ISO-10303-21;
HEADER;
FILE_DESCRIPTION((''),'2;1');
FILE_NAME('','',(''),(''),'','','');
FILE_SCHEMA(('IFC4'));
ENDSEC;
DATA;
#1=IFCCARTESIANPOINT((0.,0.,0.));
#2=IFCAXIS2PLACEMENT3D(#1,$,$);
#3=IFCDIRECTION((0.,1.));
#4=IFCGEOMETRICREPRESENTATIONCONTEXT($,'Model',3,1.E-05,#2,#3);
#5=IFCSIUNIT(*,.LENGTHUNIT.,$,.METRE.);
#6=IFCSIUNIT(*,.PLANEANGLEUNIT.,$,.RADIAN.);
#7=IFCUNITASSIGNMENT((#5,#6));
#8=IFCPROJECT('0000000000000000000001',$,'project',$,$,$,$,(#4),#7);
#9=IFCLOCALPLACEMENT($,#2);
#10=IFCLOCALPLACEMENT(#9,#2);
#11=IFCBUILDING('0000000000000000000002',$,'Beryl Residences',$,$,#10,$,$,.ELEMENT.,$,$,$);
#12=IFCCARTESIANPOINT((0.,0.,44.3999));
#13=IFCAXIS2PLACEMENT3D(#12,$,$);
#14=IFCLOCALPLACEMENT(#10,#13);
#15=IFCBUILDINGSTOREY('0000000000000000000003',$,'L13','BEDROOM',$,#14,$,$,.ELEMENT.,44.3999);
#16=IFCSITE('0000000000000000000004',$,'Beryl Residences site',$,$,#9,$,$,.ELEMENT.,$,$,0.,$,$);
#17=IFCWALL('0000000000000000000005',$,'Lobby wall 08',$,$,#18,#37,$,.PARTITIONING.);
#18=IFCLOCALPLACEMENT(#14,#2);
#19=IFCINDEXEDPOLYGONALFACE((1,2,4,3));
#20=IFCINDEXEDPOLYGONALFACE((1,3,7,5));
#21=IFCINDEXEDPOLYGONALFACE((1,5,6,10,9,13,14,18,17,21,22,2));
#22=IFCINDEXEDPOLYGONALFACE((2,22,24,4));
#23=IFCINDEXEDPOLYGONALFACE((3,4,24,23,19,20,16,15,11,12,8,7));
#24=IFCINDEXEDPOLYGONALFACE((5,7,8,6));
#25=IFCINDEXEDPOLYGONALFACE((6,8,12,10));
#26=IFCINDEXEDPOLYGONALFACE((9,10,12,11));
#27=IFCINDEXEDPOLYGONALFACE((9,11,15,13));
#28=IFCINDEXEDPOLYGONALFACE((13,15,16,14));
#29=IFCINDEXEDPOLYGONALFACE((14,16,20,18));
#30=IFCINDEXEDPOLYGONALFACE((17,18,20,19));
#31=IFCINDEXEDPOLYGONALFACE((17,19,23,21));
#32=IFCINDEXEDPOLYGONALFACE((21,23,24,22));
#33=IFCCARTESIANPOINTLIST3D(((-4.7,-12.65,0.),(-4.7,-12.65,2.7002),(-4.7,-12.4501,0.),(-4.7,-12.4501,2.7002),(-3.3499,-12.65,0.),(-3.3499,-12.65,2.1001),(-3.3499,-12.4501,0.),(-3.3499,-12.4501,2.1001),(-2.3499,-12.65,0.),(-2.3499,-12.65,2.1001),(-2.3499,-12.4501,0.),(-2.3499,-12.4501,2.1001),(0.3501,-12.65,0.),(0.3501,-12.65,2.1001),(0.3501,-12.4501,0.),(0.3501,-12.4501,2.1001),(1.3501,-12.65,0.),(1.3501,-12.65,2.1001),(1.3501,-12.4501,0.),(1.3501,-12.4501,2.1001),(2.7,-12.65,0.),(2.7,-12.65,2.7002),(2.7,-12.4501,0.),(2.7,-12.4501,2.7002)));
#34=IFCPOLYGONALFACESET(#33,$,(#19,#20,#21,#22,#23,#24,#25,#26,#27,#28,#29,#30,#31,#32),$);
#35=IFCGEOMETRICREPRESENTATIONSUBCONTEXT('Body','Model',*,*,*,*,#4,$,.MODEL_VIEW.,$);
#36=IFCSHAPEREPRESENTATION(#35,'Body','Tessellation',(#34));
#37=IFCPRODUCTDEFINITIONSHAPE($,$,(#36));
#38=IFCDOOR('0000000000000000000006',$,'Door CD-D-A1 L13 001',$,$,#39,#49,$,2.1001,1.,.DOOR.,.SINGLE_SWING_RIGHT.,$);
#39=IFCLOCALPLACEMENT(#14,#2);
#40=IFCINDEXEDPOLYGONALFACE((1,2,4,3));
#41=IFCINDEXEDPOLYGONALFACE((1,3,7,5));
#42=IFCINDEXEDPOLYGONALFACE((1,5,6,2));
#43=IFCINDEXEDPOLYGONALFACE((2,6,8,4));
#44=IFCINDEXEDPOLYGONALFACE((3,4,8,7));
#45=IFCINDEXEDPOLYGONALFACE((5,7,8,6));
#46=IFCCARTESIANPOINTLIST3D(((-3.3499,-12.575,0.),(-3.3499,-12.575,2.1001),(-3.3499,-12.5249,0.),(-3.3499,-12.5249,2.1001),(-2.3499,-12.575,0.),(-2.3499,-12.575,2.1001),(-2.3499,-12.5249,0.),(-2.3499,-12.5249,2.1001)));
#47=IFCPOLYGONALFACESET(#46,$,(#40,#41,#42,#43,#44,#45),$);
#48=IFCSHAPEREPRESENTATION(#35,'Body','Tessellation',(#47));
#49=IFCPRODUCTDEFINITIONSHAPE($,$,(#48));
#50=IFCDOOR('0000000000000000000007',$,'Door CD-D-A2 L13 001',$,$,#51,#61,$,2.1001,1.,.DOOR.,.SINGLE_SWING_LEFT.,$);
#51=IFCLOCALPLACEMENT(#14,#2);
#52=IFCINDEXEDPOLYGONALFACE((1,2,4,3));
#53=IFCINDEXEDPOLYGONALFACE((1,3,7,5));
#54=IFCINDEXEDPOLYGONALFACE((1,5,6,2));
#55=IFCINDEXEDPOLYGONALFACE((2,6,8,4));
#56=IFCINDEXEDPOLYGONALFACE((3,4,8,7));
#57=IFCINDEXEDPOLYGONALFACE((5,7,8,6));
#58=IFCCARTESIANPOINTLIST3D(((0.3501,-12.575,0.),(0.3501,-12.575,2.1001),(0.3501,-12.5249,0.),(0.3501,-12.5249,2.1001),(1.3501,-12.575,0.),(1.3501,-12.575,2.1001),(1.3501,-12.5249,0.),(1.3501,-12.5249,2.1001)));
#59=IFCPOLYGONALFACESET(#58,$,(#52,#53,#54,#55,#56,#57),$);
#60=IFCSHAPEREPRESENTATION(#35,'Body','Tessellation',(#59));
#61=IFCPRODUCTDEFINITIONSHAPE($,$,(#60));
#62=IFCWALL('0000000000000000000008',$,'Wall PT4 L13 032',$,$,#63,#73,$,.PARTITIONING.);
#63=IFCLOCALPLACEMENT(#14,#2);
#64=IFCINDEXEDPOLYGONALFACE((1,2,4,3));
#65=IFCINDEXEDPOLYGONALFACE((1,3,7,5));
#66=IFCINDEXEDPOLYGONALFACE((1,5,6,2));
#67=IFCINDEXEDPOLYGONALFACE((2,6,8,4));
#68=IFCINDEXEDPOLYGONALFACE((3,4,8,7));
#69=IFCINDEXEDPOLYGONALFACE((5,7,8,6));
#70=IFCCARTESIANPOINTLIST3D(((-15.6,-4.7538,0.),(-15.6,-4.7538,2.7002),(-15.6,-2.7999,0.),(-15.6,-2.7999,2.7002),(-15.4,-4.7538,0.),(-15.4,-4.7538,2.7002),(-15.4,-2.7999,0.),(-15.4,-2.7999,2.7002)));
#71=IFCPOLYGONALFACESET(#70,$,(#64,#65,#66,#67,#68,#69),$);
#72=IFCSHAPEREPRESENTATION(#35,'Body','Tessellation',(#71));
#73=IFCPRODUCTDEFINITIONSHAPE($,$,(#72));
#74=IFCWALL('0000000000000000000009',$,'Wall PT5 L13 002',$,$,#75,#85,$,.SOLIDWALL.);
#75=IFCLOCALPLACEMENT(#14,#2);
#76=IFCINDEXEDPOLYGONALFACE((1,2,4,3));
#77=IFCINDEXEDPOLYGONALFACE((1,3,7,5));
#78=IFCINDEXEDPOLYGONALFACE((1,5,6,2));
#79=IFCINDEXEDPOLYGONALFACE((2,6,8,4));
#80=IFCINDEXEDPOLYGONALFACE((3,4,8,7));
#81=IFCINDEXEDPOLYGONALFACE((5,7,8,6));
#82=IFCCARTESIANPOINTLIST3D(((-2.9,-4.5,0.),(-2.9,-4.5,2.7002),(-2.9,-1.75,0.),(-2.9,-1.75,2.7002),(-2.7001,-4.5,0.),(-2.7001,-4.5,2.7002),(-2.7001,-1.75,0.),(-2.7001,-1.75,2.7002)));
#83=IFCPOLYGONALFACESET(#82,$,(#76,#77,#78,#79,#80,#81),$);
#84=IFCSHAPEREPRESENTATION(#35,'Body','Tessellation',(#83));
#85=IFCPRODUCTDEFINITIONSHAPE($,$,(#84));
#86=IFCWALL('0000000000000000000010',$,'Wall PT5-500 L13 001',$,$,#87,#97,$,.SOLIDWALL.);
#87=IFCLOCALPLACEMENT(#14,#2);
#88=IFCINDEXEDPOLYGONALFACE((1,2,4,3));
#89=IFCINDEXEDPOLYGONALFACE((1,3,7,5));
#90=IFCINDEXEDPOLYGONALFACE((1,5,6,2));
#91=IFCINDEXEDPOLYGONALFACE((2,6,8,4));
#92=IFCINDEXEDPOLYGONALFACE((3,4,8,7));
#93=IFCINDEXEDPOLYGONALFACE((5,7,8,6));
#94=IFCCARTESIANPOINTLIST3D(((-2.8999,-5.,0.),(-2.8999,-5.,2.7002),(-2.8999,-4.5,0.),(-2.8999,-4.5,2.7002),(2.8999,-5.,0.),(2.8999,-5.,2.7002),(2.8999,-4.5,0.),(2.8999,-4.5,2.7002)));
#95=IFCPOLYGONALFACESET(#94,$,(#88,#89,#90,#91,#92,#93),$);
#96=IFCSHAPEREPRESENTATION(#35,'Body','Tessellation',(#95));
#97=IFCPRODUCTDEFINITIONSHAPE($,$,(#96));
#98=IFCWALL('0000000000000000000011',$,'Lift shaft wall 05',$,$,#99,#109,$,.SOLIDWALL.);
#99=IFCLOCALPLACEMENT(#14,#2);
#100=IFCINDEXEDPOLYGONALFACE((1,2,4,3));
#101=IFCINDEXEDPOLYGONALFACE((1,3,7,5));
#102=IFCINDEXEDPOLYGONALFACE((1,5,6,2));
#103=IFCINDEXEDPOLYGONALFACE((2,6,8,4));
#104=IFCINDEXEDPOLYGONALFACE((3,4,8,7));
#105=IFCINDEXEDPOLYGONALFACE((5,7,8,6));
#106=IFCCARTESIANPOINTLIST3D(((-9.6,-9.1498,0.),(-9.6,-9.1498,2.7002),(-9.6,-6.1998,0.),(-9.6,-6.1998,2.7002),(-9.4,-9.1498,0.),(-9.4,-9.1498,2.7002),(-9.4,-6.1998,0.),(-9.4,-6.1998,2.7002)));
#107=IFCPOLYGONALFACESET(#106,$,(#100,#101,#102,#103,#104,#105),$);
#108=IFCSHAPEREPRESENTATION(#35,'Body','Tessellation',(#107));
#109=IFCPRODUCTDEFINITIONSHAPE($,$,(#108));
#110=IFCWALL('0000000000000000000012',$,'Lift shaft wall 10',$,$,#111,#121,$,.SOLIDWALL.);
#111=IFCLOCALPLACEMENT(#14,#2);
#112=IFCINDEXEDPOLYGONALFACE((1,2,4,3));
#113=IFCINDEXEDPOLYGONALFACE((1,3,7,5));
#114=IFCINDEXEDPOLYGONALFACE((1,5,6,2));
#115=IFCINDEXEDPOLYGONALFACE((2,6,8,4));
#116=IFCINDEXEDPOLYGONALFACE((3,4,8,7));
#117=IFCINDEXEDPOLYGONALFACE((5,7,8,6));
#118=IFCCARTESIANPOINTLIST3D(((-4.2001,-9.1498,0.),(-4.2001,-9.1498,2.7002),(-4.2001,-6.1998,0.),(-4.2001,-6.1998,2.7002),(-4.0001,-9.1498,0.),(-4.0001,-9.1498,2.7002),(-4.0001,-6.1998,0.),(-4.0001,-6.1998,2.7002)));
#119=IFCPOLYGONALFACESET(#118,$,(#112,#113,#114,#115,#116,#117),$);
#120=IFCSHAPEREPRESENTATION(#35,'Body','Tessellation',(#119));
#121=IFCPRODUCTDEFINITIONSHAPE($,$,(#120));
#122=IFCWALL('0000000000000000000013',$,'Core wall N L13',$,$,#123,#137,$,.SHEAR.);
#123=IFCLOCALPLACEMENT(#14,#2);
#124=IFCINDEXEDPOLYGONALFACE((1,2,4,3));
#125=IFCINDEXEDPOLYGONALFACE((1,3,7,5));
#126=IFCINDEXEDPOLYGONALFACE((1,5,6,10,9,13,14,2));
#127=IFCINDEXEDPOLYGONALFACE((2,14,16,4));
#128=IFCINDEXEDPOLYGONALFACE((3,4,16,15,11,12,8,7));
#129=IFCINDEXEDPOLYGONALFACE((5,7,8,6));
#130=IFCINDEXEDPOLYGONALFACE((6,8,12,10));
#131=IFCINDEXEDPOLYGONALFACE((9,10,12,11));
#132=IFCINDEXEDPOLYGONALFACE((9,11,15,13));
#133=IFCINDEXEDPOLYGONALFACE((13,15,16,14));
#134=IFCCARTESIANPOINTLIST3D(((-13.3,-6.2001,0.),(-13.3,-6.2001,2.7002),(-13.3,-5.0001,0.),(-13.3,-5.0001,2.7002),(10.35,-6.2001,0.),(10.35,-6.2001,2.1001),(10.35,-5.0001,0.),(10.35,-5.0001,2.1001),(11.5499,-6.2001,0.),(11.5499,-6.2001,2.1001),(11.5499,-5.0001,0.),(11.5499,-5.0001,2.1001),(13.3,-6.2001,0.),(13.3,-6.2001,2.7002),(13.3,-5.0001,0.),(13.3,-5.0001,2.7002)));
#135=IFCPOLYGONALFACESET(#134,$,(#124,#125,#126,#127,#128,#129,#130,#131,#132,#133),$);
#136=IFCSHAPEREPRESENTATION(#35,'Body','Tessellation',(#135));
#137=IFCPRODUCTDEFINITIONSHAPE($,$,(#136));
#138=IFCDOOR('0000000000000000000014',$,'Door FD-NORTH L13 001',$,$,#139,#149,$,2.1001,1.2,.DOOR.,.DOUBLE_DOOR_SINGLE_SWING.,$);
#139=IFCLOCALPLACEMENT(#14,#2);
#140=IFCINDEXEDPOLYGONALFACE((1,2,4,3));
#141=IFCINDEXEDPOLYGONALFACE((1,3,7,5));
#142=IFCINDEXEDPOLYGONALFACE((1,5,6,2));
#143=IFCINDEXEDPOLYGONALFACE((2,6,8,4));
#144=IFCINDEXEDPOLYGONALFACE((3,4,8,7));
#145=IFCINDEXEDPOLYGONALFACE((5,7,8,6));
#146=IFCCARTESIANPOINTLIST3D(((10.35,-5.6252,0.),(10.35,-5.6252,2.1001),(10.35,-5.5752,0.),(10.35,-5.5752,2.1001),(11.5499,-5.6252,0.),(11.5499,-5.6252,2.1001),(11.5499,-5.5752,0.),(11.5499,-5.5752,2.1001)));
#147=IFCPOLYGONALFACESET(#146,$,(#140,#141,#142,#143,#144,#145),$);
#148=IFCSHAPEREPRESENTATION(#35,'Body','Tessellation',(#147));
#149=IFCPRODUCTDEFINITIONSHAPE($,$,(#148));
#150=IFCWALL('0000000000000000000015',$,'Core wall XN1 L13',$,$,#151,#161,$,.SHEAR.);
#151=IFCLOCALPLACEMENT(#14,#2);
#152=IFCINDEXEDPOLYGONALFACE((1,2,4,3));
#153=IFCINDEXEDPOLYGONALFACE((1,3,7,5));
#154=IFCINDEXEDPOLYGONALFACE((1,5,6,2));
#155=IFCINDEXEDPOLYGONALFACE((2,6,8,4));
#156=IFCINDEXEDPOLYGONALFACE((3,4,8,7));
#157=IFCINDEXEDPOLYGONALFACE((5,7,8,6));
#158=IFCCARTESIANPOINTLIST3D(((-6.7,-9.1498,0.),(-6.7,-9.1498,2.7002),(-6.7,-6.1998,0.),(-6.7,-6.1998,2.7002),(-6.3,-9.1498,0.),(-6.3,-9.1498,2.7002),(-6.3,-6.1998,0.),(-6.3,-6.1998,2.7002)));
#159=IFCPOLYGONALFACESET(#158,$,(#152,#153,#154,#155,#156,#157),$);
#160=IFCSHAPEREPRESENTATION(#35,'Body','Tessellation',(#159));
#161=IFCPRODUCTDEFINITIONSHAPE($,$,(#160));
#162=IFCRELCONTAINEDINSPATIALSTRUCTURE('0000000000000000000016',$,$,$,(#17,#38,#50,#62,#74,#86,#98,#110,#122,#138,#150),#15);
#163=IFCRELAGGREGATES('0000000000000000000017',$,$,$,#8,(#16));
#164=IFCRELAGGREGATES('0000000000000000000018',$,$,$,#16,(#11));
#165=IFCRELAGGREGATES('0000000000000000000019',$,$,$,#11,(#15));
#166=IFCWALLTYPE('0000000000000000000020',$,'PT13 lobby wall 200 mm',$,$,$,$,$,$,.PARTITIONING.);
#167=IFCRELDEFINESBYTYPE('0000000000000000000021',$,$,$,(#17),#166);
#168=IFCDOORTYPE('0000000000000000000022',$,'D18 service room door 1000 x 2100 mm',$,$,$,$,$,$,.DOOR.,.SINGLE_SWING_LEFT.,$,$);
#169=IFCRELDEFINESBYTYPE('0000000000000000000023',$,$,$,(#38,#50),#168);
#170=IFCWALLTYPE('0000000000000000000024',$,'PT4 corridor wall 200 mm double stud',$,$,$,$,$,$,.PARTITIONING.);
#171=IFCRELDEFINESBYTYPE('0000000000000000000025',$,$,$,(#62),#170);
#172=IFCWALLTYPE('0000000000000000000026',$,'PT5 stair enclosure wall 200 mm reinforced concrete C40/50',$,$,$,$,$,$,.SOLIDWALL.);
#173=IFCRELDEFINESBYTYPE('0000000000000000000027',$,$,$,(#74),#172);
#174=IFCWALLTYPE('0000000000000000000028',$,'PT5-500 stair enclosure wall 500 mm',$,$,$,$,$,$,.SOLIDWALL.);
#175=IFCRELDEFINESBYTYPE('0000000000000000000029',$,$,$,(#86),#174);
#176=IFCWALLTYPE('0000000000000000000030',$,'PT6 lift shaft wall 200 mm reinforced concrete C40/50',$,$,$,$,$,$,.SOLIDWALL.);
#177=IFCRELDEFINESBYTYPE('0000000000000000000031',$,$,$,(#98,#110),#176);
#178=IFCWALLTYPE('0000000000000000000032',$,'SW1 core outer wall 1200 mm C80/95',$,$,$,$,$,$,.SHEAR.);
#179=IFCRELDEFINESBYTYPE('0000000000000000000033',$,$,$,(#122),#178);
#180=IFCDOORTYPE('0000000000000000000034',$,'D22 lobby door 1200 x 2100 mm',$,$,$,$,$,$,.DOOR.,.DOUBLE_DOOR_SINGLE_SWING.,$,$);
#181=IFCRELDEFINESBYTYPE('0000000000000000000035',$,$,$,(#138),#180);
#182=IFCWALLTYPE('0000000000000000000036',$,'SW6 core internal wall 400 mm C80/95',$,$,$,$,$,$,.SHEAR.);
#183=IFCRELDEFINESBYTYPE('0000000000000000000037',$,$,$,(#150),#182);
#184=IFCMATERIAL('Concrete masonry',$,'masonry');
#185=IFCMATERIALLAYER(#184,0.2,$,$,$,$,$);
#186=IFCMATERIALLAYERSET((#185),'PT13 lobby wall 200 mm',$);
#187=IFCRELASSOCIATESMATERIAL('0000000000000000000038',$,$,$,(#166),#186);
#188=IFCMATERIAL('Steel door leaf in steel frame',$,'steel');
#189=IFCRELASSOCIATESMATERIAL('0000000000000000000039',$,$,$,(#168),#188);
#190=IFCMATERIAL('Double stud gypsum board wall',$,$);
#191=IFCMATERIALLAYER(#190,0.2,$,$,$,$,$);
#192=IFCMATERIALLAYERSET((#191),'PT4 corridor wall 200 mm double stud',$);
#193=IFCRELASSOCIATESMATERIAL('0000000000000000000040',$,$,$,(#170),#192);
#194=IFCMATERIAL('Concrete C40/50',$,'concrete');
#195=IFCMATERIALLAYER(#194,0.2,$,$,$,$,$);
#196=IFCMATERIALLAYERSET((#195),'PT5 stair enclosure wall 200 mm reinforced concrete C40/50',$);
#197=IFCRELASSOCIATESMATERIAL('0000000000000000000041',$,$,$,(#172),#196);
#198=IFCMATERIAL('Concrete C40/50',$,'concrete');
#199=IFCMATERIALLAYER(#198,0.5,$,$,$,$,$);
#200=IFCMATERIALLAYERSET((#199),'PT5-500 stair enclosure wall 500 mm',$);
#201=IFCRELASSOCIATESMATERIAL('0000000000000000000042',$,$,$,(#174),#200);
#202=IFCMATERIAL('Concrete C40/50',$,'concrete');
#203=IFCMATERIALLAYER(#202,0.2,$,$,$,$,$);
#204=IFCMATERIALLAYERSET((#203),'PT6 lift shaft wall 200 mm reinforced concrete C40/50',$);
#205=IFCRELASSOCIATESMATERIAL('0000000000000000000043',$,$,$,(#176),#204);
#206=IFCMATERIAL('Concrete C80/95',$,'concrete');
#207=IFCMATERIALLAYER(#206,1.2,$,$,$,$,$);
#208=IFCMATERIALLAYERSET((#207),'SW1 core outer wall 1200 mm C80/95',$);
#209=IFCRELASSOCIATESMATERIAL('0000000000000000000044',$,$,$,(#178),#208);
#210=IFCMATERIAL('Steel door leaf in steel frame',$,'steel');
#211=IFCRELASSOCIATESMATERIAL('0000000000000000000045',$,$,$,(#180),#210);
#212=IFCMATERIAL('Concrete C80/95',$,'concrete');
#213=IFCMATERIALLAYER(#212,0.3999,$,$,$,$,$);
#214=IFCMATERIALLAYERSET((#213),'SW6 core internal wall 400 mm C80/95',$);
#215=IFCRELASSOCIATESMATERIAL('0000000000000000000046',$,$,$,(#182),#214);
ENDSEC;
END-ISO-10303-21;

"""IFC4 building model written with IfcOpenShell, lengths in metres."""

from ifc_helpers import new_model, si_unit, direction, frame, frame_2d, origin, place, context, subcontext, project, spatial, rectangle, extrude, material, layer, layer_set, type_object, element, fill, save


model = new_model("IFC4")

# Units and contexts
model_context = context("Model", 3, precision=1e-05, world=origin(), true_north=direction((0.0, 1.0)))
body_context = subcontext(model_context, "Body", "Model", "MODEL_VIEW")
ifc_project = project(units=[si_unit("LENGTHUNIT", "METRE"), si_unit("PLANEANGLEUNIT", "RADIAN")], contexts=[model_context])

# Site, building, storey
site_placement = place(None, origin())
site = spatial("IfcSite", under=ifc_project, at=site_placement, Name="Beryl Residences site", CompositionType="ELEMENT", RefElevation=0.0)
building_placement = place(site_placement, origin())
building = spatial("IfcBuilding", under=site, at=building_placement, Name="Beryl Residences", CompositionType="ELEMENT")
storey_placement = place(building_placement, frame((0.0, 0.0, 44.3999)))
storey = spatial("IfcBuildingStorey", under=building, at=storey_placement, Name="L13", Description="BEDROOM", CompositionType="ELEMENT", Elevation=44.3999)

# Wall, openings, doors
ifc_material_1 = material(Name="Concrete masonry", Category="masonry")
ifc_layer_1 = layer(ifc_material_1, 0.2)
ifc_layer_set_1 = layer_set([ifc_layer_1], Name="PT13 lobby wall 200 mm")
wall_type_1 = type_object("IfcWallType", Name="PT13 lobby wall 200 mm", PredefinedType="PARTITIONING", material=ifc_layer_set_1)
wall_1_placement = place(storey_placement, frame((-4.7, -12.55, 0.0), z_axis=(0.0, 0.0, 1.0), x_axis=(1.0, 0.0, 0.0)))
wall_1 = element("IfcWall", 1, at=wall_1_placement, inside=storey, type_object=wall_type_1, Name="Lobby wall 08", PredefinedType="PARTITIONING", context=body_context, shape_type="SweptSolid", body=[
    extrude(rectangle(XDim=7.3999, YDim=0.2, at=frame_2d((3.7, 0.0))), origin(), (0.0, 0.0, 1.0), 2.7002),
])
opening_1_placement = place(wall_1_placement, frame((2.3501, 0.0, 0.0), z_axis=(0.0, 0.0, 1.0), x_axis=(-1.0, 0.0, 0.0)))
opening_1 = element("IfcOpeningElement", 2, at=opening_1_placement, cuts=wall_1, PredefinedType="OPENING", context=body_context, shape_type="SweptSolid", body=[
    extrude(rectangle(XDim=1.0, YDim=2.1001, at=frame_2d((0.5, 1.05))), frame((0.0, 0.1099, 0.0), z_axis=(0.0, -1.0, 0.0), x_axis=(1.0, 0.0, 0.0)), (0.0, 0.0, 1.0), 0.22),
])
opening_2_placement = place(wall_1_placement, frame((6.05, 0.0, 0.0), z_axis=(0.0, 0.0, 1.0), x_axis=(-1.0, 0.0, 0.0)))
opening_2 = element("IfcOpeningElement", 3, at=opening_2_placement, cuts=wall_1, PredefinedType="OPENING", context=body_context, shape_type="SweptSolid", body=[
    extrude(rectangle(XDim=1.0, YDim=2.1001, at=frame_2d((0.5, 1.05))), frame((0.0, 0.1099, 0.0), z_axis=(0.0, -1.0, 0.0), x_axis=(1.0, 0.0, 0.0)), (0.0, 0.0, 1.0), 0.22),
])
ifc_material_2 = material(Name="Steel door leaf in steel frame", Category="steel")
door_type_1 = type_object("IfcDoorType", Name="D18 service room door 1000 x 2100 mm", OperationType="SINGLE_SWING_LEFT", PredefinedType="DOOR", material=ifc_material_2)
door_1_placement = place(opening_1_placement, origin())
door_1 = element("IfcDoor", 4, at=door_1_placement, inside=storey, type_object=door_type_1, Name="Door CD-D-A1 L13 001", OperationType="SINGLE_SWING_RIGHT", OverallHeight=2.1001, OverallWidth=1.0, PredefinedType="DOOR", context=body_context, shape_type="SweptSolid", body=[
    extrude(rectangle(XDim=1.0, YDim=2.1001, at=frame_2d((0.5, 1.05))), frame((0.0, 0.0249, 0.0), z_axis=(0.0, -1.0, 0.0), x_axis=(1.0, 0.0, 0.0)), (0.0, 0.0, 1.0), 0.05),
])
fill(opening_1, door_1)
door_2_placement = place(opening_2_placement, origin())
door_2 = element("IfcDoor", 5, at=door_2_placement, inside=storey, type_object=door_type_1, Name="Door CD-D-A2 L13 001", OperationType="SINGLE_SWING_LEFT", OverallHeight=2.1001, OverallWidth=1.0, PredefinedType="DOOR", context=body_context, shape_type="SweptSolid", body=[
    extrude(rectangle(XDim=1.0, YDim=2.1001, at=frame_2d((0.5, 1.05))), frame((0.0, 0.0249, 0.0), z_axis=(0.0, -1.0, 0.0), x_axis=(1.0, 0.0, 0.0)), (0.0, 0.0, 1.0), 0.05),
])
fill(opening_2, door_2)

# Walls
ifc_material_3 = material(Name="Double stud gypsum board wall")
ifc_layer_2 = layer(ifc_material_3, 0.2)
ifc_layer_set_2 = layer_set([ifc_layer_2], Name="PT4 corridor wall 200 mm double stud")
wall_type_2 = type_object("IfcWallType", Name="PT4 corridor wall 200 mm double stud", PredefinedType="PARTITIONING", material=ifc_layer_set_2)
wall_2_placement = place(storey_placement, frame((-15.5, -4.7539, 0.0), z_axis=(0.0, 0.0, 1.0), x_axis=(0.0, 1.0, 0.0)))
element("IfcWall", 6, at=wall_2_placement, inside=storey, type_object=wall_type_2, Name="Wall PT4 L13 032", PredefinedType="PARTITIONING", context=body_context, shape_type="SweptSolid", body=[
    extrude(rectangle(XDim=1.9539, YDim=0.2, at=frame_2d((0.9771, 0.0))), origin(), (0.0, 0.0, 1.0), 2.7002),
])
ifc_material_4 = material(Name="Concrete C40/50", Category="concrete")
ifc_layer_3 = layer(ifc_material_4, 0.2)
ifc_layer_set_3 = layer_set([ifc_layer_3], Name="PT5 stair enclosure wall 200 mm reinforced concrete C40/50")
wall_type_3 = type_object("IfcWallType", Name="PT5 stair enclosure wall 200 mm reinforced concrete C40/50", PredefinedType="SOLIDWALL", material=ifc_layer_set_3)
wall_3_placement = place(storey_placement, frame((-2.8, -4.5, 0.0), z_axis=(0.0, 0.0, 1.0), x_axis=(0.0, 1.0, 0.0)))
element("IfcWall", 7, at=wall_3_placement, inside=storey, type_object=wall_type_3, Name="Wall PT5 L13 002", PredefinedType="SOLIDWALL", context=body_context, shape_type="SweptSolid", body=[
    extrude(rectangle(XDim=2.75, YDim=0.2, at=frame_2d((1.375, 0.0))), origin(), (0.0, 0.0, 1.0), 2.7002),
])
ifc_material_5 = material(Name="Concrete C40/50", Category="concrete")
ifc_layer_4 = layer(ifc_material_5, 0.5)
ifc_layer_set_4 = layer_set([ifc_layer_4], Name="PT5-500 stair enclosure wall 500 mm")
wall_type_4 = type_object("IfcWallType", Name="PT5-500 stair enclosure wall 500 mm", PredefinedType="SOLIDWALL", material=ifc_layer_set_4)
wall_4_placement = place(storey_placement, frame((-2.8999, -4.75, 0.0), z_axis=(0.0, 0.0, 1.0), x_axis=(1.0, 0.0, 0.0)))
element("IfcWall", 8, at=wall_4_placement, inside=storey, type_object=wall_type_4, Name="Wall PT5-500 L13 001", PredefinedType="SOLIDWALL", context=body_context, shape_type="SweptSolid", body=[
    extrude(rectangle(XDim=5.7998, YDim=0.5, at=frame_2d((2.8999, 0.0))), origin(), (0.0, 0.0, 1.0), 2.7002),
])
ifc_material_6 = material(Name="Concrete C40/50", Category="concrete")
ifc_layer_5 = layer(ifc_material_6, 0.2)
ifc_layer_set_5 = layer_set([ifc_layer_5], Name="PT6 lift shaft wall 200 mm reinforced concrete C40/50")
wall_type_5 = type_object("IfcWallType", Name="PT6 lift shaft wall 200 mm reinforced concrete C40/50", PredefinedType="SOLIDWALL", material=ifc_layer_set_5)
for number, where, z_axis, x_axis, name in (
    (9, (-9.5, -9.1499, 0.0), (0.0, 0.0, 1.0), (0.0, 1.0, 0.0), "Lift shaft wall 05"),
    (10, (-4.1001, -9.1499, 0.0), (0.0, 0.0, 1.0), (0.0, 1.0, 0.0), "Lift shaft wall 10"),
):
    element("IfcWall", number, at=place(storey_placement, frame(where, z_axis=z_axis, x_axis=x_axis)), inside=storey, type_object=wall_type_5, Name=name, PredefinedType="SOLIDWALL", context=body_context, shape_type="SweptSolid", body=[
        extrude(rectangle(XDim=2.95, YDim=0.2, at=frame_2d((1.4751, 0.0))), origin(), (0.0, 0.0, 1.0), 2.7002),
    ])

# Wall, opening, door
ifc_material_7 = material(Name="Concrete C80/95", Category="concrete")
ifc_layer_6 = layer(ifc_material_7, 1.2)
ifc_layer_set_6 = layer_set([ifc_layer_6], Name="SW1 core outer wall 1200 mm C80/95")
wall_type_6 = type_object("IfcWallType", Name="SW1 core outer wall 1200 mm C80/95", PredefinedType="SHEAR", material=ifc_layer_set_6)
wall_5_placement = place(storey_placement, frame((-13.3, -5.6001, 0.0), z_axis=(0.0, 0.0, 1.0), x_axis=(1.0, 0.0, 0.0)))
wall_5 = element("IfcWall", 11, at=wall_5_placement, inside=storey, type_object=wall_type_6, Name="Core wall N L13", PredefinedType="SHEAR", context=body_context, shape_type="SweptSolid", body=[
    extrude(rectangle(XDim=26.6001, YDim=1.2, at=frame_2d((13.3, 0.0))), origin(), (0.0, 0.0, 1.0), 2.7002),
])
opening_3_placement = place(wall_5_placement, frame((23.6499, 0.0, 0.0)))
opening_3 = element("IfcOpeningElement", 12, at=opening_3_placement, cuts=wall_5, PredefinedType="OPENING", context=body_context, shape_type="SweptSolid", body=[
    extrude(rectangle(XDim=1.2, YDim=2.1001, at=frame_2d((0.6001, 1.05))), frame((0.0, 0.6099, 0.0), z_axis=(0.0, -1.0, 0.0), x_axis=(1.0, 0.0, 0.0)), (0.0, 0.0, 1.0), 1.22),
])
ifc_material_8 = material(Name="Steel door leaf in steel frame", Category="steel")
door_type_2 = type_object("IfcDoorType", Name="D22 lobby door 1200 x 2100 mm", OperationType="DOUBLE_DOOR_SINGLE_SWING", PredefinedType="DOOR", material=ifc_material_8)
door_3_placement = place(opening_3_placement, origin())
door_3 = element("IfcDoor", 13, at=door_3_placement, inside=storey, type_object=door_type_2, Name="Door FD-NORTH L13 001", OperationType="DOUBLE_DOOR_SINGLE_SWING", OverallHeight=2.1001, OverallWidth=1.2, PredefinedType="DOOR", context=body_context, shape_type="SweptSolid", body=[
    extrude(rectangle(XDim=1.2, YDim=2.1001, at=frame_2d((0.6001, 1.05))), frame((0.0, 0.0249, 0.0), z_axis=(0.0, -1.0, 0.0), x_axis=(1.0, 0.0, 0.0)), (0.0, 0.0, 1.0), 0.05),
])
fill(opening_3, door_3)

# Shared definitions
ifc_material_9 = material(Name="Concrete C80/95", Category="concrete")
ifc_layer_7 = layer(ifc_material_9, 0.3999)
ifc_layer_set_7 = layer_set([ifc_layer_7], Name="SW6 core internal wall 400 mm C80/95")
wall_type_7 = type_object("IfcWallType", Name="SW6 core internal wall 400 mm C80/95", PredefinedType="SHEAR", material=ifc_layer_set_7)

# Wall
wall_6_placement = place(storey_placement, frame((-6.5, -9.1499, 0.0), z_axis=(0.0, 0.0, 1.0), x_axis=(0.0, 1.0, 0.0)))
element("IfcWall", 14, at=wall_6_placement, inside=storey, type_object=wall_type_7, Name="Core wall XN1 L13", PredefinedType="SHEAR", context=body_context, shape_type="SweptSolid", body=[
    extrude(rectangle(XDim=2.95, YDim=0.3999, at=frame_2d((1.4751, 0.0))), origin(), (0.0, 0.0, 1.0), 2.7002),
])

save(model, "model.ifc")
